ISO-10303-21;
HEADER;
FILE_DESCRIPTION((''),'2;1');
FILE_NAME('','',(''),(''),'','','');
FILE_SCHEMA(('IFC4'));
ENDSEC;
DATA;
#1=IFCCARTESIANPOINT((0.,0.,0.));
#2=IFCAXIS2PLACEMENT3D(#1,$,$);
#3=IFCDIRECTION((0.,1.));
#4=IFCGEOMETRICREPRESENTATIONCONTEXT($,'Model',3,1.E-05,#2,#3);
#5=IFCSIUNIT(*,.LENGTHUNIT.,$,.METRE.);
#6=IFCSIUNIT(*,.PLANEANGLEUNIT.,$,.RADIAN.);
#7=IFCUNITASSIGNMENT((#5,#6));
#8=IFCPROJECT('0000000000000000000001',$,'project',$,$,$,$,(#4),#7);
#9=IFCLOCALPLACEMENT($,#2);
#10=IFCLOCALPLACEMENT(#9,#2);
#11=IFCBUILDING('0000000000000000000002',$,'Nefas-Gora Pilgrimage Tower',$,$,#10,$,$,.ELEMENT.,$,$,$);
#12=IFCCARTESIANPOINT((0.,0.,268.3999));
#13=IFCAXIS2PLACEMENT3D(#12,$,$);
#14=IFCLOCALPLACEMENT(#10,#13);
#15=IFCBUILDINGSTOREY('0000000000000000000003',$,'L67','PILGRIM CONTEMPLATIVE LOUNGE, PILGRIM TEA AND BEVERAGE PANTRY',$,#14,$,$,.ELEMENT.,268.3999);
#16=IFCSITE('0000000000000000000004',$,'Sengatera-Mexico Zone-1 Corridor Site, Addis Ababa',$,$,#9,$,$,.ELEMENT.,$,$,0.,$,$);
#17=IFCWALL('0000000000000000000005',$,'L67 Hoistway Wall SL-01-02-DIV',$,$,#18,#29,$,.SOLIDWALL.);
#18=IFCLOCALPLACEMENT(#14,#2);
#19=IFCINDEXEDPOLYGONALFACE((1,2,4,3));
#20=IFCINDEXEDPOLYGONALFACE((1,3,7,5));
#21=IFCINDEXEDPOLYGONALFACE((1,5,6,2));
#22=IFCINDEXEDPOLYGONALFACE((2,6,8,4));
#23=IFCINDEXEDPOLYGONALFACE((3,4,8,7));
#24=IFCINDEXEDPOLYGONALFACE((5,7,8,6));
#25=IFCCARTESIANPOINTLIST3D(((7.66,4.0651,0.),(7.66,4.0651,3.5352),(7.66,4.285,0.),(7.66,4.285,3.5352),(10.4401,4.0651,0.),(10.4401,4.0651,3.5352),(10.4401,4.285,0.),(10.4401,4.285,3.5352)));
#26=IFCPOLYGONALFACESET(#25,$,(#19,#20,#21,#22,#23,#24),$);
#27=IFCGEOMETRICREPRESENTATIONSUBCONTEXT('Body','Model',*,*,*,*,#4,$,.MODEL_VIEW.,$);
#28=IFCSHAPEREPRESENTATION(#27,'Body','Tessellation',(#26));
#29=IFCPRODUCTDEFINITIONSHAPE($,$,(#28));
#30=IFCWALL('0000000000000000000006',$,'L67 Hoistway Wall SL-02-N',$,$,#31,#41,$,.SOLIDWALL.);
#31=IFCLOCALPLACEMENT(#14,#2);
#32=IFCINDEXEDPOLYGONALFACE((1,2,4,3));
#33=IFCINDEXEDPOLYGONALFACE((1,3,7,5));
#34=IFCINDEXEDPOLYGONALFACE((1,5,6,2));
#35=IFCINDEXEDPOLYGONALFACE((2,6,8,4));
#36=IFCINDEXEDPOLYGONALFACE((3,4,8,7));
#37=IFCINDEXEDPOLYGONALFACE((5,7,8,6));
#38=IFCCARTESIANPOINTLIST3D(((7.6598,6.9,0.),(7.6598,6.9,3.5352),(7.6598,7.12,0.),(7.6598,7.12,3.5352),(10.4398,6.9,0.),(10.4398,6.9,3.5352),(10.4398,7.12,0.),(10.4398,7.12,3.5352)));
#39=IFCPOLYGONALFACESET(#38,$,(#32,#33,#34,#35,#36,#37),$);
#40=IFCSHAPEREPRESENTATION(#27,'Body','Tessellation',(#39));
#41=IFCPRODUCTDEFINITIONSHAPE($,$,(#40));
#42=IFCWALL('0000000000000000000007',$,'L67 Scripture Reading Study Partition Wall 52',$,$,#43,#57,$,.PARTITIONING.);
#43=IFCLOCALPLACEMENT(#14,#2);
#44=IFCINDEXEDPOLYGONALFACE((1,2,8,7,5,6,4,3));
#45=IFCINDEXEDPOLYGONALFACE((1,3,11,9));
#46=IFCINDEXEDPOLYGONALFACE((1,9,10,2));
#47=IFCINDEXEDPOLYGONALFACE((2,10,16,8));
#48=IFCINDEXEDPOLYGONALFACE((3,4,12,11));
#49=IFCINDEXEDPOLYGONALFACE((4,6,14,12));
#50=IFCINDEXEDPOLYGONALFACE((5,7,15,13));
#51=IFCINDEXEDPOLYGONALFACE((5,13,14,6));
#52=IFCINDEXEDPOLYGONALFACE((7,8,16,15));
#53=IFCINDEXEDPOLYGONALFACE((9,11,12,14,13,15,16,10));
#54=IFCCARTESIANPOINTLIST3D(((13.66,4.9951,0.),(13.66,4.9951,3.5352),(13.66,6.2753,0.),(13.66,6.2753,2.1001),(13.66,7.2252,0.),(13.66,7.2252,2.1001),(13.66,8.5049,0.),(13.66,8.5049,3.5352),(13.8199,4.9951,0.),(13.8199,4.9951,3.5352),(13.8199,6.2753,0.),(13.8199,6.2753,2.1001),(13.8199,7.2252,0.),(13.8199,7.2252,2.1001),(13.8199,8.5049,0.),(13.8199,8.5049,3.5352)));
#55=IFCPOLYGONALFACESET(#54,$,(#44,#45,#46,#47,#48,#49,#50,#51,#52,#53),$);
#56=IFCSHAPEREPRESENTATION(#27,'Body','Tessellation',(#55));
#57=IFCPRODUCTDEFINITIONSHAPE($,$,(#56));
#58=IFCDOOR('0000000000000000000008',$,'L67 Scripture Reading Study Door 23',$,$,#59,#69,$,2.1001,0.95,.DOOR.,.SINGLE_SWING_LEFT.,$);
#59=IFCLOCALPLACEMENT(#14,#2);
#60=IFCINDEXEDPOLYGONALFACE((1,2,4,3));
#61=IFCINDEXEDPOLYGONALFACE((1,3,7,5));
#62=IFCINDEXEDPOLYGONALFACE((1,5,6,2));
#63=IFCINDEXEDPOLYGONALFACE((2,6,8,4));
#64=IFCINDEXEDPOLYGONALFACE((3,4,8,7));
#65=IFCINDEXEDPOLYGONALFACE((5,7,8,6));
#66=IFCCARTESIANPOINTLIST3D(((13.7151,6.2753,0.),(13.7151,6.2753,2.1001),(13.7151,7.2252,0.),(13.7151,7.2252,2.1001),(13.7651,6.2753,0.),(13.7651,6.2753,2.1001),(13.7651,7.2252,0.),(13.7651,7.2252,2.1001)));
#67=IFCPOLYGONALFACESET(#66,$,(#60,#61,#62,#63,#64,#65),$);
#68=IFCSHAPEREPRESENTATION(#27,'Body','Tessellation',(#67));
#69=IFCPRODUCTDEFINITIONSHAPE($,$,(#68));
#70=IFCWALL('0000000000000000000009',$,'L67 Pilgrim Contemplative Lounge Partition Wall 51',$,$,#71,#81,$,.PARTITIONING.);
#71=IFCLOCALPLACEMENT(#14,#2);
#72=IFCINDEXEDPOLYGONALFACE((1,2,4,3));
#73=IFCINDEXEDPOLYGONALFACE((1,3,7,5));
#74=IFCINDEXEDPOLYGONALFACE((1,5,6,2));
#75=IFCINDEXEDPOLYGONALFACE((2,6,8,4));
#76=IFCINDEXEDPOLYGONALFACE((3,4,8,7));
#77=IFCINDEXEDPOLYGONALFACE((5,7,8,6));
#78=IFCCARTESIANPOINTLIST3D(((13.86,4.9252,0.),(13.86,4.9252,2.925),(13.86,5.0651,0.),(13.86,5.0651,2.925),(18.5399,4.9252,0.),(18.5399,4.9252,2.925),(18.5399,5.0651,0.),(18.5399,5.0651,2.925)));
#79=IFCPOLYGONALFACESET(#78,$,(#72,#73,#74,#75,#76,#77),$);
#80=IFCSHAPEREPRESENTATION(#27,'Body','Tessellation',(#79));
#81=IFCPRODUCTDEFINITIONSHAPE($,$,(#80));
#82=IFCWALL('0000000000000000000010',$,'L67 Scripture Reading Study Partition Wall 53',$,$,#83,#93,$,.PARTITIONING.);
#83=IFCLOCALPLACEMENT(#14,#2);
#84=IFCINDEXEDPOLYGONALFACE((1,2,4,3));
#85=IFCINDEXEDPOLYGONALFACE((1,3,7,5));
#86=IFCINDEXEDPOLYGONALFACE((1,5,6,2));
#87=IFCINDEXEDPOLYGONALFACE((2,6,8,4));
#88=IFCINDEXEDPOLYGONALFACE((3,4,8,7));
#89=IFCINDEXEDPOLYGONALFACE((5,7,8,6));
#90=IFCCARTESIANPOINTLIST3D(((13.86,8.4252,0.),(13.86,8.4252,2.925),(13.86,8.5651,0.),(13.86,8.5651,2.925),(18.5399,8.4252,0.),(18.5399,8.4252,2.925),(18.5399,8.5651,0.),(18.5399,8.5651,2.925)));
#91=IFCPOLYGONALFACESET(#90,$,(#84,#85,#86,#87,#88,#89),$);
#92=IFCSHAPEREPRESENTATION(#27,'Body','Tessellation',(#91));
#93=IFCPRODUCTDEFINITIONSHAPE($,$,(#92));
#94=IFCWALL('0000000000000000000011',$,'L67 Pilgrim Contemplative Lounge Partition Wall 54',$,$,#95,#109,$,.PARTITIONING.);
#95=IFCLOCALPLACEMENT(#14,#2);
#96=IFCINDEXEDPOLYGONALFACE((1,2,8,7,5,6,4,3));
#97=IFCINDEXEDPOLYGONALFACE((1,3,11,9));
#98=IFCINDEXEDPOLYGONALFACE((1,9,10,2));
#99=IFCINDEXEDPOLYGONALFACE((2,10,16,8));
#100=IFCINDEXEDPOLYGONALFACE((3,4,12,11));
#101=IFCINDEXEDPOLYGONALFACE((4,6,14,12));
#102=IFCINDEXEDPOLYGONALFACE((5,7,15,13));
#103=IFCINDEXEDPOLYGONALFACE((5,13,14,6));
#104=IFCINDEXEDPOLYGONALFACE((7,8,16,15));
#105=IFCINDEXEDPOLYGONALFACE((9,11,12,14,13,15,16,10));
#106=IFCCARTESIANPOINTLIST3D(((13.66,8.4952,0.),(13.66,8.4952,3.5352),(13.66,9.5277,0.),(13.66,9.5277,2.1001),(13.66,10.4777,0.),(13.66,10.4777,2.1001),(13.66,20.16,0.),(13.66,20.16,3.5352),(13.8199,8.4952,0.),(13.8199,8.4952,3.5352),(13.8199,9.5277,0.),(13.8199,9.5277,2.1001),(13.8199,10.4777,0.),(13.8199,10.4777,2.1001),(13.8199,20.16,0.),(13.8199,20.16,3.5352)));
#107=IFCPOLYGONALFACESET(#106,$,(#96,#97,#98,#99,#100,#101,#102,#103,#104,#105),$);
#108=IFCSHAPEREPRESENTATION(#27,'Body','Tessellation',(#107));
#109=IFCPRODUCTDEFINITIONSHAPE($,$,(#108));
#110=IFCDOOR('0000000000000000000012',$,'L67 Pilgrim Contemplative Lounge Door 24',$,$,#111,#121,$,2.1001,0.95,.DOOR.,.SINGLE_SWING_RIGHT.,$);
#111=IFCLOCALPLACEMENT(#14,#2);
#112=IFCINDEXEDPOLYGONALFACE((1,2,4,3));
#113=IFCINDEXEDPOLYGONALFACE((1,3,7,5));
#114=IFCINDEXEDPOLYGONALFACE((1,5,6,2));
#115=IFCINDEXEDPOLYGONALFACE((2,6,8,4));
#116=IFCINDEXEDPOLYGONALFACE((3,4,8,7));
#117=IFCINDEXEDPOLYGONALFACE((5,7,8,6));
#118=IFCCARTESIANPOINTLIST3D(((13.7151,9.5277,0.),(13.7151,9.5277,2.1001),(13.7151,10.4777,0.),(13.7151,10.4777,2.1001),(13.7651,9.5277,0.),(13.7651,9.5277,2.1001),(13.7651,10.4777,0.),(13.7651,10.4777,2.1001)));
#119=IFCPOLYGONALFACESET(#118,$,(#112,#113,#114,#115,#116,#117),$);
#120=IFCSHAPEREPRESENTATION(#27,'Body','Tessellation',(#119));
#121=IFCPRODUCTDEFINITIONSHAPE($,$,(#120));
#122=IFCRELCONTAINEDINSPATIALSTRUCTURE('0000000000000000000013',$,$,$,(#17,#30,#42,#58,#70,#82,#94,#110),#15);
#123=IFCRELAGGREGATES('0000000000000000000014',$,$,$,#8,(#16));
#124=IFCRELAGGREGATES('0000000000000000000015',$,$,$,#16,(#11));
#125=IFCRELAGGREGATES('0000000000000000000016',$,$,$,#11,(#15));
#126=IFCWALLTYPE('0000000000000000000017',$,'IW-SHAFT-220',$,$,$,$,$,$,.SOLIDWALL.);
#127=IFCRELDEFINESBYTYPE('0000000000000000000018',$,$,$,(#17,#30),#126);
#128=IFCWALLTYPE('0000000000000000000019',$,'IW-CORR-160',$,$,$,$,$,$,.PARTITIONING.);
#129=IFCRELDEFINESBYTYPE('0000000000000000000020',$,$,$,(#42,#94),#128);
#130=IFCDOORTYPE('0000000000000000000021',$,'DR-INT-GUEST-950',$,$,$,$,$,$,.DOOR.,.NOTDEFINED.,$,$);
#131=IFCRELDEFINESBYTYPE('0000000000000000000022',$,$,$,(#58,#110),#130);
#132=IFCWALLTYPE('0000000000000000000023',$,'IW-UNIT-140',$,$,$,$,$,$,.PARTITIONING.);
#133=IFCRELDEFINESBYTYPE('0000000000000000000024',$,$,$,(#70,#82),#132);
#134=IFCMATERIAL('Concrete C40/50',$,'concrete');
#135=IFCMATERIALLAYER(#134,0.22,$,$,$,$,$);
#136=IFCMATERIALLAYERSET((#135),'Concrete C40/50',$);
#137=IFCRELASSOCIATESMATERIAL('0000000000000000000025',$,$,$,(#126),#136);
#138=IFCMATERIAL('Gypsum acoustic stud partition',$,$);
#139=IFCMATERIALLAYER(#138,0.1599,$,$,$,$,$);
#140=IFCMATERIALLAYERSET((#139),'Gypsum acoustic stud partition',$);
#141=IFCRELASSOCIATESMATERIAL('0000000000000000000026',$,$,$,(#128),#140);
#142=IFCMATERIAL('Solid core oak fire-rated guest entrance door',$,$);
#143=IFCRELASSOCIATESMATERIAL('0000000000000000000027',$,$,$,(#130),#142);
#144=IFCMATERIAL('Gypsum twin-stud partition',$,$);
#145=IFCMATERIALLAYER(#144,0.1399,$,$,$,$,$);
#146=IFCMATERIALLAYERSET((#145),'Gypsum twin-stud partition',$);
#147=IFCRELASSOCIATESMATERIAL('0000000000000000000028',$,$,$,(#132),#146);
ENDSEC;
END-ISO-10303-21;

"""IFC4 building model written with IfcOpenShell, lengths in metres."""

from ifc_helpers import new_model, si_unit, direction, frame, frame_2d, origin, place, context, subcontext, project, spatial, rectangle, extrude, source, transform, mapped, material, layer, layer_set, type_object, element, fill, save


model = new_model("IFC4")

# Units and contexts
model_context = context("Model", 3, precision=1e-05, world=origin(), true_north=direction((0.0, 1.0)))
body_context = subcontext(model_context, "Body", "Model", "MODEL_VIEW")
ifc_project = project(units=[si_unit("LENGTHUNIT", "METRE"), si_unit("PLANEANGLEUNIT", "RADIAN")], contexts=[model_context])

# Site, building, storey
site_placement = place(None, origin())
site = spatial("IfcSite", under=ifc_project, at=site_placement, Name="Sengatera-Mexico Zone-1 Corridor Site, Addis Ababa", CompositionType="ELEMENT", RefElevation=0.0)
building_placement = place(site_placement, origin())
building = spatial("IfcBuilding", under=site, at=building_placement, Name="Nefas-Gora Pilgrimage Tower", CompositionType="ELEMENT")
storey_placement = place(building_placement, frame((0.0, 0.0, 268.3999)))
storey = spatial("IfcBuildingStorey", under=building, at=storey_placement, Name="L67", Description="PILGRIM CONTEMPLATIVE LOUNGE, PILGRIM TEA AND BEVERAGE PANTRY", CompositionType="ELEMENT", Elevation=268.3999)

# Walls
ifc_material_1 = material(Name="Concrete C40/50", Category="concrete")
ifc_layer_1 = layer(ifc_material_1, 0.22)
ifc_layer_set_1 = layer_set([ifc_layer_1], Name="Concrete C40/50")
wall_type_1 = type_object("IfcWallType", Name="IW-SHAFT-220", PredefinedType="SOLIDWALL", material=ifc_layer_set_1)
shared_shape_1 = source(origin(), body_context, "Body", "SweptSolid", [
    extrude(rectangle(XDim=2.78, YDim=0.22, at=frame_2d((1.3901, 0.0))), origin(), (0.0, 0.0, 1.0), 3.5352),
])
for number, where, z_axis, x_axis, name in (
    (1, (7.6599, 4.175, 0.0), (0.0, 0.0, 1.0), (1.0, 0.0, 0.0), "L67 Hoistway Wall SL-01-02-DIV"),
    (2, (10.4399, 7.01, 0.0), (0.0, 0.0, 1.0), (-1.0, 0.0, 0.0), "L67 Hoistway Wall SL-02-N"),
):
    element("IfcWall", number, at=place(storey_placement, frame(where, z_axis=z_axis, x_axis=x_axis)), inside=storey, type_object=wall_type_1, Name=name, PredefinedType="SOLIDWALL", context=body_context, shape_type="MappedRepresentation", body=[
        mapped(shared_shape_1, transform((0.0, 0.0, 0.0), x_axis=(1.0, 0.0, 0.0), y_axis=(0.0, 1.0, 0.0), z_axis=(0.0, 0.0, 1.0), scale=1.0)),
    ])

# Wall, opening, door
ifc_material_2 = material(Name="Gypsum acoustic stud partition")
ifc_layer_2 = layer(ifc_material_2, 0.1599)
ifc_layer_set_2 = layer_set([ifc_layer_2], Name="Gypsum acoustic stud partition")
wall_type_2 = type_object("IfcWallType", Name="IW-CORR-160", PredefinedType="PARTITIONING", material=ifc_layer_set_2)
shared_shape_2 = source(origin(), body_context, "Body", "SweptSolid", [
    extrude(rectangle(XDim=3.5098, YDim=0.1599, at=frame_2d((1.7549, 0.0))), origin(), (0.0, 0.0, 1.0), 3.5352),
])
wall_1_placement = place(storey_placement, frame((13.74, 4.9951, 0.0), z_axis=(0.0, 0.0, 1.0), x_axis=(0.0, 1.0, 0.0)))
wall_1 = element("IfcWall", 3, at=wall_1_placement, inside=storey, type_object=wall_type_2, Name="L67 Scripture Reading Study Partition Wall 52", PredefinedType="PARTITIONING", context=body_context, shape_type="MappedRepresentation", body=[
    mapped(shared_shape_2, transform((0.0, 0.0, 0.0), x_axis=(1.0, 0.0, 0.0), y_axis=(0.0, 1.0, 0.0), z_axis=(0.0, 0.0, 1.0), scale=1.0)),
])
opening_1_placement = place(wall_1_placement, frame((1.28, 0.0, 0.0)))
opening_1 = element("IfcOpeningElement", 4, at=opening_1_placement, cuts=wall_1, PredefinedType="OPENING", context=body_context, shape_type="SweptSolid", body=[
    extrude(rectangle(XDim=0.95, YDim=2.1001, at=frame_2d((0.4751, 1.05))), frame((0.0, 0.0898, 0.0), z_axis=(0.0, -1.0, 0.0), x_axis=(1.0, 0.0, 0.0)), (0.0, 0.0, 1.0), 0.1799),
])
ifc_material_3 = material(Name="Solid core oak fire-rated guest entrance door")
door_type = type_object("IfcDoorType", Name="DR-INT-GUEST-950", OperationType="NOTDEFINED", PredefinedType="DOOR", material=ifc_material_3)
shared_shape_3 = source(origin(), body_context, "Body", "SweptSolid", [
    extrude(rectangle(XDim=0.95, YDim=2.1001, at=frame_2d((0.4751, 1.05))), frame((0.0, 0.0249, 0.0), z_axis=(0.0, -1.0, 0.0), x_axis=(1.0, 0.0, 0.0)), (0.0, 0.0, 1.0), 0.05),
])
door_1_placement = place(opening_1_placement, origin())
door_1 = element("IfcDoor", 5, at=door_1_placement, inside=storey, type_object=door_type, Name="L67 Scripture Reading Study Door 23", OperationType="SINGLE_SWING_LEFT", OverallHeight=2.1001, OverallWidth=0.95, PredefinedType="DOOR", context=body_context, shape_type="MappedRepresentation", body=[
    mapped(shared_shape_3, transform((0.0, 0.0, 0.0), x_axis=(1.0, 0.0, 0.0), y_axis=(0.0, 1.0, 0.0), z_axis=(0.0, 0.0, 1.0), scale=1.0)),
])
fill(opening_1, door_1)

# Walls
ifc_material_4 = material(Name="Gypsum twin-stud partition")
ifc_layer_3 = layer(ifc_material_4, 0.1399)
ifc_layer_set_3 = layer_set([ifc_layer_3], Name="Gypsum twin-stud partition")
wall_type_3 = type_object("IfcWallType", Name="IW-UNIT-140", PredefinedType="PARTITIONING", material=ifc_layer_set_3)
shared_shape_4 = source(origin(), body_context, "Body", "SweptSolid", [
    extrude(rectangle(XDim=4.6799, YDim=0.1399, at=frame_2d((2.3398, 0.0))), origin(), (0.0, 0.0, 1.0), 2.925),
])
for number, where, z_axis, x_axis, name in (
    (6, (13.8601, 4.9951, 0.0), (0.0, 0.0, 1.0), (1.0, 0.0, 0.0), "L67 Pilgrim Contemplative Lounge Partition Wall 51"),
    (7, (13.8601, 8.4951, 0.0), (0.0, 0.0, 1.0), (1.0, 0.0, 0.0), "L67 Scripture Reading Study Partition Wall 53"),
):
    element("IfcWall", number, at=place(storey_placement, frame(where, z_axis=z_axis, x_axis=x_axis)), inside=storey, type_object=wall_type_3, Name=name, PredefinedType="PARTITIONING", context=body_context, shape_type="MappedRepresentation", body=[
        mapped(shared_shape_4, transform((0.0, 0.0, 0.0), x_axis=(1.0, 0.0, 0.0), y_axis=(0.0, 1.0, 0.0), z_axis=(0.0, 0.0, 1.0), scale=1.0)),
    ])

# Wall, opening, door
shared_shape_5 = source(origin(), body_context, "Body", "SweptSolid", [
    extrude(rectangle(XDim=11.6648, YDim=0.1599, at=frame_2d((5.8325, 0.0))), origin(), (0.0, 0.0, 1.0), 3.5352),
])
wall_2_placement = place(storey_placement, frame((13.74, 8.4951, 0.0), z_axis=(0.0, 0.0, 1.0), x_axis=(0.0, 1.0, 0.0)))
wall_2 = element("IfcWall", 8, at=wall_2_placement, inside=storey, type_object=wall_type_2, Name="L67 Pilgrim Contemplative Lounge Partition Wall 54", PredefinedType="PARTITIONING", context=body_context, shape_type="MappedRepresentation", body=[
    mapped(shared_shape_5, transform((0.0, 0.0, 0.0), x_axis=(1.0, 0.0, 0.0), y_axis=(0.0, 1.0, 0.0), z_axis=(0.0, 0.0, 1.0), scale=1.0)),
])
opening_2_placement = place(wall_2_placement, frame((1.0325, 0.0, 0.0)))
opening_2 = element("IfcOpeningElement", 9, at=opening_2_placement, cuts=wall_2, PredefinedType="OPENING", context=body_context, shape_type="SweptSolid", body=[
    extrude(rectangle(XDim=0.95, YDim=2.1001, at=frame_2d((0.4751, 1.05))), frame((0.0, 0.0898, 0.0), z_axis=(0.0, -1.0, 0.0), x_axis=(1.0, 0.0, 0.0)), (0.0, 0.0, 1.0), 0.1799),
])
door_2_placement = place(opening_2_placement, origin())
door_2 = element("IfcDoor", 10, at=door_2_placement, inside=storey, type_object=door_type, Name="L67 Pilgrim Contemplative Lounge Door 24", OperationType="SINGLE_SWING_RIGHT", OverallHeight=2.1001, OverallWidth=0.95, PredefinedType="DOOR", context=body_context, shape_type="MappedRepresentation", body=[
    mapped(shared_shape_3, transform((0.0, 0.0, 0.0), x_axis=(1.0, 0.0, 0.0), y_axis=(0.0, 1.0, 0.0), z_axis=(0.0, 0.0, 1.0), scale=1.0)),
])
fill(opening_2, door_2)

save(model, "model.ifc")
